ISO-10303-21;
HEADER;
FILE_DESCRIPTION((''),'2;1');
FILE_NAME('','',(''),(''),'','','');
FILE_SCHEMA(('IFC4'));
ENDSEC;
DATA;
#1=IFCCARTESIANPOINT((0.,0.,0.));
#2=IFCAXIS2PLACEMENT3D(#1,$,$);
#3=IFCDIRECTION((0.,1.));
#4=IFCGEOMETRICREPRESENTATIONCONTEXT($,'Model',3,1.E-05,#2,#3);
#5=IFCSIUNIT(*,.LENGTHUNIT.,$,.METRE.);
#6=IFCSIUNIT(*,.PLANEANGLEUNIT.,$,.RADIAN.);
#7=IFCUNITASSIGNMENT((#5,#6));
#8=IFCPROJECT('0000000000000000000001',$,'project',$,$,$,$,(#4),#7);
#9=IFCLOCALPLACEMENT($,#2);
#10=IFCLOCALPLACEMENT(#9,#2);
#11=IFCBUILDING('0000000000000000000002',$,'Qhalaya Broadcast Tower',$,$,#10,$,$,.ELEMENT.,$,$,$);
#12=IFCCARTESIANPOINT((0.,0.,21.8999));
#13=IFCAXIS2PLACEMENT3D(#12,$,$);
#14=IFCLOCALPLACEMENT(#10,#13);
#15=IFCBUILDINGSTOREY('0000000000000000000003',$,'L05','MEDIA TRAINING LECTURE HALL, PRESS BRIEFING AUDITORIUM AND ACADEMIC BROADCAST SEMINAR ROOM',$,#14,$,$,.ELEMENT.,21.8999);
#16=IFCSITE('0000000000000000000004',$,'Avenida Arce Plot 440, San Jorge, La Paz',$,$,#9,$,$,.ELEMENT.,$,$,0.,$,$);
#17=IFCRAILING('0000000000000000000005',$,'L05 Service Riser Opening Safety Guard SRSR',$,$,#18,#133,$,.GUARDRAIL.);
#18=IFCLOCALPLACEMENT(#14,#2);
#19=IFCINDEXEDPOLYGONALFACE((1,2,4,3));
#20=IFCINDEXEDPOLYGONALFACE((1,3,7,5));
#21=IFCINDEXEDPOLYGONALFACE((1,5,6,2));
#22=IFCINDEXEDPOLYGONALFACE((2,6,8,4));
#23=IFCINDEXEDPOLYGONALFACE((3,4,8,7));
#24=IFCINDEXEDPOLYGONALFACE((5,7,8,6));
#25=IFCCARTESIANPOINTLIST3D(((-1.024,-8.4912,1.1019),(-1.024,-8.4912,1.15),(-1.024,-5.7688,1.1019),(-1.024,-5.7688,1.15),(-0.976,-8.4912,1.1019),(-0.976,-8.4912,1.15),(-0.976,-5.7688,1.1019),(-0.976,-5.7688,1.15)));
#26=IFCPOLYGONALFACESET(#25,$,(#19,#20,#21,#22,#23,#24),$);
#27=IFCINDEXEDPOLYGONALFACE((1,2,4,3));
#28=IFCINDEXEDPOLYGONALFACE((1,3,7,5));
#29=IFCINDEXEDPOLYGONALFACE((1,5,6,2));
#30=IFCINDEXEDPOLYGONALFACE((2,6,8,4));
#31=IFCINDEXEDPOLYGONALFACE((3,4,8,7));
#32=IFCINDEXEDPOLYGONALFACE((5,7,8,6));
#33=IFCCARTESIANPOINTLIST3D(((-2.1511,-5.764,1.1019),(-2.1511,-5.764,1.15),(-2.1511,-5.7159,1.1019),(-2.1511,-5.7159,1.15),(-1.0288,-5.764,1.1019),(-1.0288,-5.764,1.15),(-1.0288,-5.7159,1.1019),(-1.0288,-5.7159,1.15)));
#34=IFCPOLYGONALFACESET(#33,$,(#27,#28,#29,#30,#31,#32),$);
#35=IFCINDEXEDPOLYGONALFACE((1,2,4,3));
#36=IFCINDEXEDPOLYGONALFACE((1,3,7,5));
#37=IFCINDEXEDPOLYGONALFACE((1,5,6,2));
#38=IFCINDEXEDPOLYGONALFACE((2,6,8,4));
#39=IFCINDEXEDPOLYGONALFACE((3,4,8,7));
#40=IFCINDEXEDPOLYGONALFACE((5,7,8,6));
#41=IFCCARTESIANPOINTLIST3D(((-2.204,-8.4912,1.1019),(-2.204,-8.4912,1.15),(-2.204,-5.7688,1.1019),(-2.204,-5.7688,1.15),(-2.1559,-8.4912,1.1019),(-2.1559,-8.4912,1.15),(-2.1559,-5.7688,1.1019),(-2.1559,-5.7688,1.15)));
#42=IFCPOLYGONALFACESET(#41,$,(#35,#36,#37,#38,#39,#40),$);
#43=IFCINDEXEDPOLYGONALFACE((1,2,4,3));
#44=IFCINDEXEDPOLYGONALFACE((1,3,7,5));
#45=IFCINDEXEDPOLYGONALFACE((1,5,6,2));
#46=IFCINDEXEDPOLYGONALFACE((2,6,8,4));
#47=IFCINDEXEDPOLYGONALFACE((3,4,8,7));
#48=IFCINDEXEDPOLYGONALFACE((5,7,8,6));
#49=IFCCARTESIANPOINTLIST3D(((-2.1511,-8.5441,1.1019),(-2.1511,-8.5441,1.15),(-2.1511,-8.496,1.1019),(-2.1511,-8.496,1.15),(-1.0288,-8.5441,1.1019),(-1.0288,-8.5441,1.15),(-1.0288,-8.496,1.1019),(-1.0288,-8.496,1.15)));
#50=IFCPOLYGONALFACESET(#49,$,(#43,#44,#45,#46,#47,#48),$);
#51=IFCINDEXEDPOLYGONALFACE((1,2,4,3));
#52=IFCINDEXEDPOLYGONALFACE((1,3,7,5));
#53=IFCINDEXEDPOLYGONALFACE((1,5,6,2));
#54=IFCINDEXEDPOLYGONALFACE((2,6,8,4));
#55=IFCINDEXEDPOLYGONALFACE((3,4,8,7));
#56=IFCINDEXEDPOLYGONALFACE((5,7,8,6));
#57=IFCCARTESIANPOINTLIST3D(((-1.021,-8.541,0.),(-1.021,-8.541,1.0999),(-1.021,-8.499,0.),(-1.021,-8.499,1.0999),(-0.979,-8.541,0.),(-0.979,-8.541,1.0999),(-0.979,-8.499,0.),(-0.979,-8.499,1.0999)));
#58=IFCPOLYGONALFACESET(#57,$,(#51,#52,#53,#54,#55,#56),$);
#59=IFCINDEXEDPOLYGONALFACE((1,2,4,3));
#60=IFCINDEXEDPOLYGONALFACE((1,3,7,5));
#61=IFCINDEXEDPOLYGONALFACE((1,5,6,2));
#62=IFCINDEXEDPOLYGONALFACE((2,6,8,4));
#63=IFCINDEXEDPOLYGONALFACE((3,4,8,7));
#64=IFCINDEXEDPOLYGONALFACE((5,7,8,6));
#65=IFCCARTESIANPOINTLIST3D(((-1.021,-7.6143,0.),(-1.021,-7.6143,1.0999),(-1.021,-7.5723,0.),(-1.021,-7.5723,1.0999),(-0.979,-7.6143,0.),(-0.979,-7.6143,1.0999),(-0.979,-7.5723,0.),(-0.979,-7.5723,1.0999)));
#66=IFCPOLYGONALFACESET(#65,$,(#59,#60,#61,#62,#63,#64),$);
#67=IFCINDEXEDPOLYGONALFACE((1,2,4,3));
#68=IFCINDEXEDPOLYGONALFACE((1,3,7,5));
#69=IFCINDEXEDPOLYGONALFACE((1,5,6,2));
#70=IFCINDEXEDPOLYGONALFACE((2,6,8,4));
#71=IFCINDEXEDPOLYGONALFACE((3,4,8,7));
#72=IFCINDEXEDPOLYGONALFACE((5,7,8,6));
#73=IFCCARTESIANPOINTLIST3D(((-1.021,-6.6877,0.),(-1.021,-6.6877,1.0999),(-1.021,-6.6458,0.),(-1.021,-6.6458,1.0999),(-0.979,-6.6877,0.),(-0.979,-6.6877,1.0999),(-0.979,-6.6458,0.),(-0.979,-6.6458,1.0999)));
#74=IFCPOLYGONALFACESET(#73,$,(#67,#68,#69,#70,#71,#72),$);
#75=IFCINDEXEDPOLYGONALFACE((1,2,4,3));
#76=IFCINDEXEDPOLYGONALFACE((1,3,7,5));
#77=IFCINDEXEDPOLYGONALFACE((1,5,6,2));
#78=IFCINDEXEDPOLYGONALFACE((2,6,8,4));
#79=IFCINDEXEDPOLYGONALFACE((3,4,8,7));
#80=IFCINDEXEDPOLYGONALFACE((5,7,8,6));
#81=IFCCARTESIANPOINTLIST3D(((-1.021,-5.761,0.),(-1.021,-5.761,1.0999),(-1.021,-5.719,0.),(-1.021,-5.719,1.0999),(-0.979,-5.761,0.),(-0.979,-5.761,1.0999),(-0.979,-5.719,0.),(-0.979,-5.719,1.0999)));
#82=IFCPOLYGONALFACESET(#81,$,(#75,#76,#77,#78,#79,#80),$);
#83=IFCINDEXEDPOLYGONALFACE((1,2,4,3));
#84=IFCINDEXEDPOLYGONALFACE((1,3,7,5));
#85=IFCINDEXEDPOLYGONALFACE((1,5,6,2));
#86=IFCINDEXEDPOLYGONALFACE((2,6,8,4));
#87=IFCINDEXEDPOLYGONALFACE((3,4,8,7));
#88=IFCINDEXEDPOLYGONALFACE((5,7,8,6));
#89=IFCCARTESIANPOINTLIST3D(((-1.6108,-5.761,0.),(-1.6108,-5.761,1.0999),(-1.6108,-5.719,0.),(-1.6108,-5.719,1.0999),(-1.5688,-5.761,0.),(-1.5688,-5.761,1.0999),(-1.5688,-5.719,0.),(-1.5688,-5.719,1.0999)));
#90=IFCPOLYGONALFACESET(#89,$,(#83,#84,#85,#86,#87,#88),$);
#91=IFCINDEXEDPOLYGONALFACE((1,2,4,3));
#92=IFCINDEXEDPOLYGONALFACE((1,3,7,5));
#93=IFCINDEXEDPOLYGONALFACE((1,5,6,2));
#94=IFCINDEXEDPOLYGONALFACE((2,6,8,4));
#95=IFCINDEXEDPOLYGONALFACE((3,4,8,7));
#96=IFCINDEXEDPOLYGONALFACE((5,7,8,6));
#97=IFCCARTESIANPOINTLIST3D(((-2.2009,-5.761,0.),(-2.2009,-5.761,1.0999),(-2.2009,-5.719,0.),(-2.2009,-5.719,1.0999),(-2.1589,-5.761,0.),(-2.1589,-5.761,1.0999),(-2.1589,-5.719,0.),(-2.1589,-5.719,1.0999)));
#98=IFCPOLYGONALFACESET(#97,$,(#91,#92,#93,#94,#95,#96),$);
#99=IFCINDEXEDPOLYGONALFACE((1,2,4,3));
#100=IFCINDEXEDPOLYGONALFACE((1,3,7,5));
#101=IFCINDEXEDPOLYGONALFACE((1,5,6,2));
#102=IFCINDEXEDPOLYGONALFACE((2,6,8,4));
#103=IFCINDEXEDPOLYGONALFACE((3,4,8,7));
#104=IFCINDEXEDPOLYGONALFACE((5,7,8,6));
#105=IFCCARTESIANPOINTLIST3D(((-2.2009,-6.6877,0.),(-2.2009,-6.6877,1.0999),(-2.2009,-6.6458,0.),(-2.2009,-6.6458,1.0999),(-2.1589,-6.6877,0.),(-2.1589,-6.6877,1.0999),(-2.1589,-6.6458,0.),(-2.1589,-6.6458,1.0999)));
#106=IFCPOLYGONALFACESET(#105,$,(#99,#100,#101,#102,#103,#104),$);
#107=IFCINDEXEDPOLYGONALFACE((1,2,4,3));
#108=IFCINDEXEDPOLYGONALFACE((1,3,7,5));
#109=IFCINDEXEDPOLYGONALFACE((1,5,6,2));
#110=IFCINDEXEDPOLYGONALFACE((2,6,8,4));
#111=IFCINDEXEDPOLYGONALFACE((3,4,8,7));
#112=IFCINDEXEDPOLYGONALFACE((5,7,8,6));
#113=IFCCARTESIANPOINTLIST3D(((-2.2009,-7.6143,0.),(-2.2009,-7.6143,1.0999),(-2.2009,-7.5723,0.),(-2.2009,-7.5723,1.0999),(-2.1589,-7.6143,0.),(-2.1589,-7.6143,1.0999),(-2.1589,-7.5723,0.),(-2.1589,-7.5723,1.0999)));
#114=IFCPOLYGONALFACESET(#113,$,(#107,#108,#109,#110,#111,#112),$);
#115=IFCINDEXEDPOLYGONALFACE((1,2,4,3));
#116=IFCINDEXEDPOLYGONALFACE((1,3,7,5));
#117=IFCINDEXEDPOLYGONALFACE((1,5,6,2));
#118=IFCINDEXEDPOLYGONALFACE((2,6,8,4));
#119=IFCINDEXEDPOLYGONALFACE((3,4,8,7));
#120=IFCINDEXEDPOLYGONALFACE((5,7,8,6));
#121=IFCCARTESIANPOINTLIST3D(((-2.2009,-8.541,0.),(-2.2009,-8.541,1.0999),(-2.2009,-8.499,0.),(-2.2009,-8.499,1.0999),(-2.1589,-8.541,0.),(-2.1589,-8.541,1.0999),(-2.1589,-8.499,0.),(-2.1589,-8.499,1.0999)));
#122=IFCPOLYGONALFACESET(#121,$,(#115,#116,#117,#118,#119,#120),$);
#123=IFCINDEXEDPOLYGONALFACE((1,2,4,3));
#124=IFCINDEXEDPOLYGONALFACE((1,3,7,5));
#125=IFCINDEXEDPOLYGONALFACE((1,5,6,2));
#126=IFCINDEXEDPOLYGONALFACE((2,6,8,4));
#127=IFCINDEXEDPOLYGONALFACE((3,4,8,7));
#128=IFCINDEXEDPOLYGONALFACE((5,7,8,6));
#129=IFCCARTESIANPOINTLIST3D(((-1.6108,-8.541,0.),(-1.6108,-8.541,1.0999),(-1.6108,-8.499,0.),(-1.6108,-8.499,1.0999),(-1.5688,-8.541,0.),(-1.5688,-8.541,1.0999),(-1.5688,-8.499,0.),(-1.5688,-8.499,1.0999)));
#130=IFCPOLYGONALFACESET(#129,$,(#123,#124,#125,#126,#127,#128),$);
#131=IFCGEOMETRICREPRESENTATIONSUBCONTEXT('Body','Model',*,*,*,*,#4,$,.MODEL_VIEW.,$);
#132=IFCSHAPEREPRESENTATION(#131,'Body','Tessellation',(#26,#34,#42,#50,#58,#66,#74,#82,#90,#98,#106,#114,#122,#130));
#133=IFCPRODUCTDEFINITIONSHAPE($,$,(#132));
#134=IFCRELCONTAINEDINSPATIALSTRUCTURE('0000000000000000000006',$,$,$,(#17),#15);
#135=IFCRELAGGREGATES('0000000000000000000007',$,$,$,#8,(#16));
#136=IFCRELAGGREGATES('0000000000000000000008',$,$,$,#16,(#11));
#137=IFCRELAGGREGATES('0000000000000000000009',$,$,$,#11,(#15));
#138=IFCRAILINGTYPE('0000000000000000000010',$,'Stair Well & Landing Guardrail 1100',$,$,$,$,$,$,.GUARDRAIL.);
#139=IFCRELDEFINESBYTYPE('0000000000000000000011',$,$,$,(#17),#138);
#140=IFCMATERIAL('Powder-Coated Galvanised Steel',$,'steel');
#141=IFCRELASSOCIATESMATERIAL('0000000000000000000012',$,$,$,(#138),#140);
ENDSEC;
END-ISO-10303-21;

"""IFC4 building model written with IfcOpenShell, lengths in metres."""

from ifc_helpers import new_model, si_unit, direction, frame, origin, origin_2d, place, context, subcontext, project, spatial, rectangle, extrude, material, type_object, element, save


model = new_model("IFC4")

# Units and contexts
model_context = context("Model", 3, precision=1e-05, world=origin(), true_north=direction((0.0, 1.0)))
body_context = subcontext(model_context, "Body", "Model", "MODEL_VIEW")
ifc_project = project(units=[si_unit("LENGTHUNIT", "METRE"), si_unit("PLANEANGLEUNIT", "RADIAN")], contexts=[model_context])

# Site, building, storey
site_placement = place(None, origin())
site = spatial("IfcSite", under=ifc_project, at=site_placement, Name="Avenida Arce Plot 440, San Jorge, La Paz", CompositionType="ELEMENT", RefElevation=0.0)
building_placement = place(site_placement, origin())
building = spatial("IfcBuilding", under=site, at=building_placement, Name="Qhalaya Broadcast Tower", CompositionType="ELEMENT")
storey_placement = place(building_placement, frame((0.0, 0.0, 21.8999)))
storey = spatial("IfcBuildingStorey", under=building, at=storey_placement, Name="L05", Description="MEDIA TRAINING LECTURE HALL, PRESS BRIEFING AUDITORIUM AND ACADEMIC BROADCAST SEMINAR ROOM", CompositionType="ELEMENT", Elevation=21.8999)

# Railing
ifc_material_1 = material(Name="Powder-Coated Galvanised Steel", Category="steel")
railing_type = type_object("IfcRailingType", Name="Stair Well & Landing Guardrail 1100", PredefinedType="GUARDRAIL", material=ifc_material_1)
railing_placement = place(storey_placement, frame((-1.0, -8.52, 0.0)))
element("IfcRailing", 1, at=railing_placement, inside=storey, type_object=railing_type, Name="L05 Service Riser Opening Safety Guard SRSR", PredefinedType="GUARDRAIL", context=body_context, shape_type="SweptSolid", body=[
    extrude(rectangle(XDim=0.0481, YDim=0.0481, at=origin_2d()), frame((0.0, 0.0288, 1.126), z_axis=(0.0, 1.0, 0.0), x_axis=(-1.0, 0.0, 0.0)), (0.0, 0.0, 1.0), 2.7224),
    extrude(rectangle(XDim=0.0481, YDim=0.0481, at=origin_2d()), frame((-0.0288, 2.78, 1.126), z_axis=(-1.0, 0.0, 0.0), x_axis=(0.0, -1.0, 0.0)), (0.0, 0.0, 1.0), 1.1223),
    extrude(rectangle(XDim=0.0481, YDim=0.0481, at=origin_2d()), frame((-1.1799, 2.7512, 1.126), z_axis=(0.0, -1.0, 0.0), x_axis=(1.0, 0.0, 0.0)), (0.0, 0.0, 1.0), 2.7224),
    extrude(rectangle(XDim=0.0481, YDim=0.0481, at=origin_2d()), frame((-1.1511, 0.0, 1.126), z_axis=(1.0, 0.0, 0.0), x_axis=(0.0, 1.0, 0.0)), (0.0, 0.0, 1.0), 1.1223),
    extrude(rectangle(XDim=0.042, YDim=0.042, at=origin_2d()), origin(), (0.0, 0.0, 1.0), 1.0999),
    extrude(rectangle(XDim=0.042, YDim=0.042, at=origin_2d()), frame((0.0, 0.9268, 0.0)), (0.0, 0.0, 1.0), 1.0999),
    extrude(rectangle(XDim=0.042, YDim=0.042, at=origin_2d()), frame((0.0, 1.8533, 0.0)), (0.0, 0.0, 1.0), 1.0999),
    extrude(rectangle(XDim=0.042, YDim=0.042, at=origin_2d()), frame((0.0, 2.78, 0.0)), (0.0, 0.0, 1.0), 1.0999),
    extrude(rectangle(XDim=0.042, YDim=0.042, at=origin_2d()), frame((-0.5898, 2.78, 0.0)), (0.0, 0.0, 1.0), 1.0999),
    extrude(rectangle(XDim=0.042, YDim=0.042, at=origin_2d()), frame((-1.1799, 2.78, 0.0)), (0.0, 0.0, 1.0), 1.0999),
    extrude(rectangle(XDim=0.042, YDim=0.042, at=origin_2d()), frame((-1.1799, 1.8533, 0.0)), (0.0, 0.0, 1.0), 1.0999),
    extrude(rectangle(XDim=0.042, YDim=0.042, at=origin_2d()), frame((-1.1799, 0.9268, 0.0)), (0.0, 0.0, 1.0), 1.0999),
    extrude(rectangle(XDim=0.042, YDim=0.042, at=origin_2d()), frame((-1.1799, 0.0, 0.0)), (0.0, 0.0, 1.0), 1.0999),
    extrude(rectangle(XDim=0.042, YDim=0.042, at=origin_2d()), frame((-0.5898, 0.0, 0.0)), (0.0, 0.0, 1.0), 1.0999),
])

save(model, "model.ifc")
